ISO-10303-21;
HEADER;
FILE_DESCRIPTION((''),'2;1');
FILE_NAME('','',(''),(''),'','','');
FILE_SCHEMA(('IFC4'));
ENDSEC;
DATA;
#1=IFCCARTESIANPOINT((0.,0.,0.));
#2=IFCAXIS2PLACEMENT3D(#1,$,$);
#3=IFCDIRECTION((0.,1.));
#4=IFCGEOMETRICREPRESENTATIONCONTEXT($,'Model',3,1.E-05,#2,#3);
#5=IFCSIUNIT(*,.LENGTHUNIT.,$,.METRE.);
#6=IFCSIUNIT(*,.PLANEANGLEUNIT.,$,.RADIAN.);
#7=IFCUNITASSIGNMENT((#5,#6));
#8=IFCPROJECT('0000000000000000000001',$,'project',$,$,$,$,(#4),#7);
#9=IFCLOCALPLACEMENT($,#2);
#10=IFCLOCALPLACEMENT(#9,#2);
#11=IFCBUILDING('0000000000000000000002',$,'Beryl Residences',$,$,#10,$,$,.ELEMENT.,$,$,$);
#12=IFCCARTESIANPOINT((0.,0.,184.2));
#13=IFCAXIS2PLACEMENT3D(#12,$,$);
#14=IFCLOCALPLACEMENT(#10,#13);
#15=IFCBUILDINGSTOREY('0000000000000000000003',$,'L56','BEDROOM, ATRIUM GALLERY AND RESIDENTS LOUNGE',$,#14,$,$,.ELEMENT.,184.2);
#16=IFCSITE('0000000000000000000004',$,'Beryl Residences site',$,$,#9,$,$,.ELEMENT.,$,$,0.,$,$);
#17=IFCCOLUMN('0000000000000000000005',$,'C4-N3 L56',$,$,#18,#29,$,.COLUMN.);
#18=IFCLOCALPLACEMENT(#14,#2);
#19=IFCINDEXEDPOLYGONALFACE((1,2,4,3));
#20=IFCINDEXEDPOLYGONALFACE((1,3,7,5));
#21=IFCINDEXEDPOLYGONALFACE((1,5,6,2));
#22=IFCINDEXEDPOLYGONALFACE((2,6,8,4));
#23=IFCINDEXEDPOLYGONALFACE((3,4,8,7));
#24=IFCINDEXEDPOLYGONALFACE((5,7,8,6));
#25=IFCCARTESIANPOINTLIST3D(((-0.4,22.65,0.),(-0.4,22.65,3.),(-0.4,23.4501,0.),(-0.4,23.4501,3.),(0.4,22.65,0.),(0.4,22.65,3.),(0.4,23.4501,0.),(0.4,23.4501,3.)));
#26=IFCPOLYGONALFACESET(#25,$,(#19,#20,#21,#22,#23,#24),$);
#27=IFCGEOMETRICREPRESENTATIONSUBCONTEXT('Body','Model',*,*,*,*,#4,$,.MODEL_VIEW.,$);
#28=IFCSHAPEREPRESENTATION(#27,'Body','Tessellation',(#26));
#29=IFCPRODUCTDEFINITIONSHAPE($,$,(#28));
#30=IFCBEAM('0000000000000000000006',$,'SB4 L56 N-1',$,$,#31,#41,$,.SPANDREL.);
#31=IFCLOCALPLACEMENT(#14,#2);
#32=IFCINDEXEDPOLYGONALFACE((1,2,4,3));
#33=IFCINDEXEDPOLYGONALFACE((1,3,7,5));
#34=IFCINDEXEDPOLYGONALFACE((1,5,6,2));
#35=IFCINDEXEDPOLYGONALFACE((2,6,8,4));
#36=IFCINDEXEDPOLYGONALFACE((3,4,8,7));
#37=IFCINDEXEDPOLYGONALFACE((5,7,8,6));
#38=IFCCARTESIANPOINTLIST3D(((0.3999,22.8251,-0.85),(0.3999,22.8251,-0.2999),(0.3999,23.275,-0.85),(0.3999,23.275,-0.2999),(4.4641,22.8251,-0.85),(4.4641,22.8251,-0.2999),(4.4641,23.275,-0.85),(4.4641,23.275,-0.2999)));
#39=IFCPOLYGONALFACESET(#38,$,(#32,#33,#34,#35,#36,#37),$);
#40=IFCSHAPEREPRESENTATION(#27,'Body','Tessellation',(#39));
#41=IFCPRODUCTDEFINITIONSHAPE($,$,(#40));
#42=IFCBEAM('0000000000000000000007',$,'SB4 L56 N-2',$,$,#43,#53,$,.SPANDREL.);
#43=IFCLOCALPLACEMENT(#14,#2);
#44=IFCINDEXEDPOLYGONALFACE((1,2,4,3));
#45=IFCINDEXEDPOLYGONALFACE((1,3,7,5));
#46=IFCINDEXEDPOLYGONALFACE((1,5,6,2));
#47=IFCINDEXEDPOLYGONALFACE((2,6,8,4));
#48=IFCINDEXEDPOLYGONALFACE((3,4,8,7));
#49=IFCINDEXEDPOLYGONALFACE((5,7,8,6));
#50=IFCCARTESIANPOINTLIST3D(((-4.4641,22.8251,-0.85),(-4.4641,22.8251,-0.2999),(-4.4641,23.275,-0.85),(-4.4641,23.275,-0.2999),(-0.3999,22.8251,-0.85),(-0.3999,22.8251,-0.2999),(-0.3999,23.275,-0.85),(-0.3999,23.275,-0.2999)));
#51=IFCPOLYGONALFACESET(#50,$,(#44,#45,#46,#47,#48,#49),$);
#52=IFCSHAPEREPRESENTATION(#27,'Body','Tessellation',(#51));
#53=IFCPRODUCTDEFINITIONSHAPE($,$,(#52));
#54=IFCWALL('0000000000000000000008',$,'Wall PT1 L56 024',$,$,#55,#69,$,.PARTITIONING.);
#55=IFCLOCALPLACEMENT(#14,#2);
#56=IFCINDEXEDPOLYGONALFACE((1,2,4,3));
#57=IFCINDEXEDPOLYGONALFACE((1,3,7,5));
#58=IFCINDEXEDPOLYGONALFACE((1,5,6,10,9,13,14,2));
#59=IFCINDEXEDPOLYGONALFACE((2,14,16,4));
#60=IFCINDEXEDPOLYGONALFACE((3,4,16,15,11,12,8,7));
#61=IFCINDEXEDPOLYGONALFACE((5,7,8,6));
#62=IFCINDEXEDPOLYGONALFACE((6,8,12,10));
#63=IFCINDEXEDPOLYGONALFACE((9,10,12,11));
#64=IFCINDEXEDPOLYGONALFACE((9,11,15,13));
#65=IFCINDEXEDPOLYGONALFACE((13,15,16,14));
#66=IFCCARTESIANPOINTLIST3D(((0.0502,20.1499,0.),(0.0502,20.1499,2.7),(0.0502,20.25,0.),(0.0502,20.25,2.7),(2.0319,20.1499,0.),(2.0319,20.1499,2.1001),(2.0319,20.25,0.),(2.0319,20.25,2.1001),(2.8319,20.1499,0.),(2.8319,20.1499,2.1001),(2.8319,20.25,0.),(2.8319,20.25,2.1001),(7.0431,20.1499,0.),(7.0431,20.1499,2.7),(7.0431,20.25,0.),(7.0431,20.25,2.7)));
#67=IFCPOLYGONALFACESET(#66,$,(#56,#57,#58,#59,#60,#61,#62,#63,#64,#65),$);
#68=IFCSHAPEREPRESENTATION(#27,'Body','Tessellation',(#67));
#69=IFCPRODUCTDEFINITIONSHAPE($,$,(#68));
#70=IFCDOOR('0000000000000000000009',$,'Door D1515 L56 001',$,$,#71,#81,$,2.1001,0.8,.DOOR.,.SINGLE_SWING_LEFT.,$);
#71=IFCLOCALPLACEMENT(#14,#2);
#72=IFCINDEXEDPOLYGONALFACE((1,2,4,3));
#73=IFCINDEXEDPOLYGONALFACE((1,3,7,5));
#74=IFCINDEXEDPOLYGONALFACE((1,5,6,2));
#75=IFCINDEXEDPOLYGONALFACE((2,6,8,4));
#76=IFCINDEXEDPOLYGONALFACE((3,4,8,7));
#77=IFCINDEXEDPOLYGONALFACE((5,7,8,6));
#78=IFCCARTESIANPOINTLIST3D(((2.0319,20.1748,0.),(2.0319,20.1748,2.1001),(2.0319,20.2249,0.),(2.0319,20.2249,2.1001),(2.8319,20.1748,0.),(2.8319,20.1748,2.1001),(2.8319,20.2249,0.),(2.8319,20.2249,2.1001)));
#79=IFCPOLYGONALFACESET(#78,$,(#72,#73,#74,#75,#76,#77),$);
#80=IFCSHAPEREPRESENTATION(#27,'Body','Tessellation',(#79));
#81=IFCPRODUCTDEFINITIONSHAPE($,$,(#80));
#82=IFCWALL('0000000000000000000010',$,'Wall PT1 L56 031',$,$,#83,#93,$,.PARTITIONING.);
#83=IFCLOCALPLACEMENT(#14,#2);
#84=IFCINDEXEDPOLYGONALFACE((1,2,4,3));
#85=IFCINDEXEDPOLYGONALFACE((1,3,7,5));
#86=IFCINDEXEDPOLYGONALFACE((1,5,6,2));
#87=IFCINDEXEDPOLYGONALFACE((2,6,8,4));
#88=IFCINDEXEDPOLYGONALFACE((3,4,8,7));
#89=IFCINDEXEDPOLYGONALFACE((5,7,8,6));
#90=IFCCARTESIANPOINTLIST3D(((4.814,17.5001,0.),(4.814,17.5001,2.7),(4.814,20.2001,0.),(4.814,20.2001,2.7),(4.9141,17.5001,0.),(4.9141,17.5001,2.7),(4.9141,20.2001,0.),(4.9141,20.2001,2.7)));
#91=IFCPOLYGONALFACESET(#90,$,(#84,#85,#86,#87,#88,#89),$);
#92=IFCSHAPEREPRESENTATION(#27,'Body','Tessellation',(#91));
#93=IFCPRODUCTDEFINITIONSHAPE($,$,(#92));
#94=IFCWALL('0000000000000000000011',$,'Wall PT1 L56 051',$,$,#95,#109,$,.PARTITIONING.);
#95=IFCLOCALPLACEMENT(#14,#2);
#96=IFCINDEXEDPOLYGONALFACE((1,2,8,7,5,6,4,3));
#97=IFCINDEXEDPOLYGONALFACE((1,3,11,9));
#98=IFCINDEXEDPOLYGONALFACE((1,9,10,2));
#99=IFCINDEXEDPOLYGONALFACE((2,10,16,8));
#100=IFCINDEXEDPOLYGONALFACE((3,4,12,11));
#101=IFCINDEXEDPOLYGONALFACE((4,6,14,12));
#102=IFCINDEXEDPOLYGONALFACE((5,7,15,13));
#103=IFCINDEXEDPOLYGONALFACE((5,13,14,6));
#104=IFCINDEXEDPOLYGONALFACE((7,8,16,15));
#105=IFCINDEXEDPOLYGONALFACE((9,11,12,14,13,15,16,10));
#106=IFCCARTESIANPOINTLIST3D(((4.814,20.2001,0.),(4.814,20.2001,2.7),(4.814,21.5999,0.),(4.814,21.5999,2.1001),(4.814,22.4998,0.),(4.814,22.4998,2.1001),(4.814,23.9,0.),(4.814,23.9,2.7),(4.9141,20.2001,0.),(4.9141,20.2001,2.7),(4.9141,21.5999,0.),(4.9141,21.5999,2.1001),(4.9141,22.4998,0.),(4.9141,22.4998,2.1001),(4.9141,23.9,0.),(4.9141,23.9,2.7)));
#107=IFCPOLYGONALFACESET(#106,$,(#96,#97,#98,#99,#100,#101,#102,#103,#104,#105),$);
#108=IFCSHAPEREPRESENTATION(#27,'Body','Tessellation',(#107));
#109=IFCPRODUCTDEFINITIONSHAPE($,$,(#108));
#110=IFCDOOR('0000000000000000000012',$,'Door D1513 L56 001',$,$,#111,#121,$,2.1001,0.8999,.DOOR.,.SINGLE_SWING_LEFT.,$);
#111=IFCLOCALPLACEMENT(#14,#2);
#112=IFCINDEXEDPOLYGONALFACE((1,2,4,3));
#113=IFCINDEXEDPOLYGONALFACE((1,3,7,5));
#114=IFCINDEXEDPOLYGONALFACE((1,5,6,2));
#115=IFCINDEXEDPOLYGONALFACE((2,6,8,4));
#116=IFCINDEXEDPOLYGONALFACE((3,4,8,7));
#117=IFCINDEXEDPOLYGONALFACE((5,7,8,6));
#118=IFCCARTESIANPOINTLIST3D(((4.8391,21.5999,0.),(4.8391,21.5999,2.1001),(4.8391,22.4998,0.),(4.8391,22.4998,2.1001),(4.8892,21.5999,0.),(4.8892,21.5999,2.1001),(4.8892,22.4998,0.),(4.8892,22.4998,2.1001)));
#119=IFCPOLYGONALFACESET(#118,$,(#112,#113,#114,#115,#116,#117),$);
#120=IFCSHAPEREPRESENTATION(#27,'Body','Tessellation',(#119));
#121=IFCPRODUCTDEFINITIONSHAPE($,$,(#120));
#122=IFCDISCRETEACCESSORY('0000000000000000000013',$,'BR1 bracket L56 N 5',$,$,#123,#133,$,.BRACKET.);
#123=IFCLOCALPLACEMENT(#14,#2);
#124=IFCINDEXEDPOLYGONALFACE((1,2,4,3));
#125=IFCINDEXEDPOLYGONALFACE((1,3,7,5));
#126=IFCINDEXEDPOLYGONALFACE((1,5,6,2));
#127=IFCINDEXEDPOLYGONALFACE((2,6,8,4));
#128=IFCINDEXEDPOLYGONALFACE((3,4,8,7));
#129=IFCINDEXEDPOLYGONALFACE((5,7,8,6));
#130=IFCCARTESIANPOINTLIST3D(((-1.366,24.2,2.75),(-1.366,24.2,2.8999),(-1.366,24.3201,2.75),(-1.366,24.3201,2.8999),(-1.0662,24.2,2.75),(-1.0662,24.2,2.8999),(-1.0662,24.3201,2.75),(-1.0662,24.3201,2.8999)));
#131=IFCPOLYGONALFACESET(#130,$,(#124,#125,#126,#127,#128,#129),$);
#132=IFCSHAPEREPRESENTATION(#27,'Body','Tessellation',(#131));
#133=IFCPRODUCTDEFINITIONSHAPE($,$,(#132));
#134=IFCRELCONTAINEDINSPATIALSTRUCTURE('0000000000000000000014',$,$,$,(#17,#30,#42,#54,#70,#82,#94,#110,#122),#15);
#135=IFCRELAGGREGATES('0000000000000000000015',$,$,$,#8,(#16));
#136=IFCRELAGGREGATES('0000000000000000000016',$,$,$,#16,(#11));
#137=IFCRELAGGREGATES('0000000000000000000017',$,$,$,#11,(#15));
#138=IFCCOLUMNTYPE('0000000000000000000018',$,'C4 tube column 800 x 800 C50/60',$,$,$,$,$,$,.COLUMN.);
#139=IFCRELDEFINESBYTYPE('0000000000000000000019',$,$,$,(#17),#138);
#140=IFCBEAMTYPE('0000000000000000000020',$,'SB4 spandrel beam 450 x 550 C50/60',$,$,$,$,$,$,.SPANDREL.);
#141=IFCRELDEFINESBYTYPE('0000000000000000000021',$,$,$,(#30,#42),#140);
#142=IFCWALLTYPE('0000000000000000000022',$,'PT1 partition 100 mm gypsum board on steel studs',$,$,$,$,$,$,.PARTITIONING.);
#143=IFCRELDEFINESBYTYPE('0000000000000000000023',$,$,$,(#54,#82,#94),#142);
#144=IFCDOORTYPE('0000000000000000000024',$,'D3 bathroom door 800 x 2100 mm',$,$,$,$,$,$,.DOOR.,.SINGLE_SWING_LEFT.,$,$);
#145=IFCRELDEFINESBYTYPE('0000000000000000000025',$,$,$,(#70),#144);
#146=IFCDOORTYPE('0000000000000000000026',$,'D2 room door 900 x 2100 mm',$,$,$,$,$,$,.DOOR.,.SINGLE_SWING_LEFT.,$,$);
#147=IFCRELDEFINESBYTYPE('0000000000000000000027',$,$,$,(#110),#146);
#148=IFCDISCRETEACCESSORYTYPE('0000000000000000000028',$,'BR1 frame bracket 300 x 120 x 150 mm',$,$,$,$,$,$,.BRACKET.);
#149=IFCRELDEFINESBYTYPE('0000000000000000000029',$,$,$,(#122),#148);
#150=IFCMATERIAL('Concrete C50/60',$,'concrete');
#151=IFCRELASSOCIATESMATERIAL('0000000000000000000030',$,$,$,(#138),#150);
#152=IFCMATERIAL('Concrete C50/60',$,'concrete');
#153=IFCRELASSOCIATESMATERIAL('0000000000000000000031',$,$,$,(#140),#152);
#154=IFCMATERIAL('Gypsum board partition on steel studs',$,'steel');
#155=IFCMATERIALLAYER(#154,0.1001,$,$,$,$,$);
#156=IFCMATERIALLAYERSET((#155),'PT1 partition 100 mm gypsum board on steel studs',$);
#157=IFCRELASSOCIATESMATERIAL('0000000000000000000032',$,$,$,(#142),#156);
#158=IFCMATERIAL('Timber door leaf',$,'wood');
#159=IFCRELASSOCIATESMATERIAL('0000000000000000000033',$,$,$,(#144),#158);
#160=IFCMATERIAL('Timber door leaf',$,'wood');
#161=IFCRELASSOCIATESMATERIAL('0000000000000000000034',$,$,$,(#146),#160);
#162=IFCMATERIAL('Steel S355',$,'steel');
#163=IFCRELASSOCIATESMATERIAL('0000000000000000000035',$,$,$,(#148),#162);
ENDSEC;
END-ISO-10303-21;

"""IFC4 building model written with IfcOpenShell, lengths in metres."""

from ifc_helpers import new_model, si_unit, direction, frame, frame_2d, origin, origin_2d, place, context, subcontext, project, spatial, polyline, rectangle, outline, extrude, source, transform, mapped, material, layer, layer_set, material_profile, profile_set, type_object, type_shapes, element, fill, save


model = new_model("IFC4")

# Units and contexts
model_context = context("Model", 3, precision=1e-05, world=origin(), true_north=direction((0.0, 1.0)))
body_context = subcontext(model_context, "Body", "Model", "MODEL_VIEW")
ifc_project = project(units=[si_unit("LENGTHUNIT", "METRE"), si_unit("PLANEANGLEUNIT", "RADIAN")], contexts=[model_context])

# Site, building, storey
site_placement = place(None, origin())
site = spatial("IfcSite", under=ifc_project, at=site_placement, Name="Beryl Residences site", CompositionType="ELEMENT", RefElevation=0.0)
building_placement = place(site_placement, origin())
building = spatial("IfcBuilding", under=site, at=building_placement, Name="Beryl Residences", CompositionType="ELEMENT")
storey_placement = place(building_placement, frame((0.0, 0.0, 184.2)))
storey = spatial("IfcBuildingStorey", under=building, at=storey_placement, Name="L56", Description="BEDROOM, ATRIUM GALLERY AND RESIDENTS LOUNGE", CompositionType="ELEMENT", Elevation=184.2)

# Column
ifc_material_1 = material(Name="Concrete C50/60", Category="concrete")
ifc_material_profile_1 = material_profile(ifc_material_1, rectangle(XDim=0.8, YDim=0.8, at=origin_2d()))
ifc_profile_set_1 = profile_set([ifc_material_profile_1], Name="Concrete C50/60")
column_type = type_object("IfcColumnType", Name="C4 tube column 800 x 800 C50/60", PredefinedType="COLUMN", material=ifc_profile_set_1)
column_placement = place(storey_placement, frame((0.0, 23.05, 0.0), z_axis=(0.0, 0.0, 1.0), x_axis=(-1.0, 0.0, 0.0)))
element("IfcColumn", 1, at=column_placement, inside=storey, type_object=column_type, Name="C4-N3 L56", PredefinedType="COLUMN", context=body_context, shape_type="SweptSolid", body=[
    extrude(rectangle(XDim=0.8, YDim=0.8, at=origin_2d()), origin(), (0.0, 0.0, 1.0), 3.0),
])

# Beams
ifc_material_2 = material(Name="Concrete C50/60", Category="concrete")
ifc_material_profile_2 = material_profile(ifc_material_2, rectangle(XDim=0.45, YDim=0.55, at=origin_2d()))
ifc_profile_set_2 = profile_set([ifc_material_profile_2], Name="Concrete C50/60")
beam_type = type_object("IfcBeamType", Name="SB4 spandrel beam 450 x 550 C50/60", PredefinedType="SPANDREL", material=ifc_profile_set_2)
for number, where, z_axis, x_axis, name in (
    (2, (4.4641, 23.05, -0.575), (-1.0, 0.0, 0.0), (0.0, -1.0, 0.0), "SB4 L56 N-1"),
    (3, (-0.3999, 23.05, -0.575), (-1.0, 0.0, 0.0), (0.0, -1.0, 0.0), "SB4 L56 N-2"),
):
    element("IfcBeam", number, at=place(storey_placement, frame(where, z_axis=z_axis, x_axis=x_axis)), inside=storey, type_object=beam_type, Name=name, PredefinedType="SPANDREL", context=body_context, shape_type="SweptSolid", body=[
        extrude(rectangle(XDim=0.45, YDim=0.55, at=origin_2d()), origin(), (0.0, 0.0, 1.0), 4.0642),
    ])

# Wall, opening, door
ifc_material_3 = material(Name="Gypsum board partition on steel studs", Category="steel")
ifc_layer = layer(ifc_material_3, 0.1001)
ifc_layer_set = layer_set([ifc_layer], Name="PT1 partition 100 mm gypsum board on steel studs")
wall_type = type_object("IfcWallType", Name="PT1 partition 100 mm gypsum board on steel studs", PredefinedType="PARTITIONING", material=ifc_layer_set)
wall_1_placement = place(storey_placement, frame((0.05, 20.2, 0.0), z_axis=(0.0, 0.0, 1.0), x_axis=(1.0, 0.0, 0.0)))
wall_1 = element("IfcWall", 4, at=wall_1_placement, inside=storey, type_object=wall_type, Name="Wall PT1 L56 024", PredefinedType="PARTITIONING", context=body_context, shape_type="SweptSolid", body=[
    extrude(rectangle(XDim=6.9929, YDim=0.1001, at=frame_2d((3.4966, 0.0))), origin(), (0.0, 0.0, 1.0), 2.7),
])
opening_1_placement = place(wall_1_placement, frame((1.9819, 0.0, 0.0)))
opening_1 = element("IfcOpeningElement", 5, at=opening_1_placement, cuts=wall_1, PredefinedType="OPENING", context=body_context, shape_type="SweptSolid", body=[
    extrude(rectangle(XDim=0.8, YDim=2.1001, at=frame_2d((0.3999, 1.05))), frame((0.0, 0.0601, 0.0), z_axis=(0.0, -1.0, 0.0), x_axis=(1.0, 0.0, 0.0)), (0.0, 0.0, 1.0), 0.1201),
])
ifc_material_4 = material(Name="Timber door leaf", Category="wood")
door_type_1 = type_object("IfcDoorType", Name="D3 bathroom door 800 x 2100 mm", OperationType="SINGLE_SWING_LEFT", PredefinedType="DOOR", material=ifc_material_4)
door_1_placement = place(opening_1_placement, origin())
door_1 = element("IfcDoor", 6, at=door_1_placement, inside=storey, type_object=door_type_1, Name="Door D1515 L56 001", OperationType="SINGLE_SWING_LEFT", OverallHeight=2.1001, OverallWidth=0.8, PredefinedType="DOOR", context=body_context, shape_type="SweptSolid", body=[
    extrude(rectangle(XDim=0.8, YDim=2.1001, at=frame_2d((0.3999, 1.05))), frame((0.0, 0.0249, 0.0), z_axis=(0.0, -1.0, 0.0), x_axis=(1.0, 0.0, 0.0)), (0.0, 0.0, 1.0), 0.05),
])
fill(opening_1, door_1)

# Wall
wall_2_placement = place(storey_placement, frame((4.864, 17.5, 0.0), z_axis=(0.0, 0.0, 1.0), x_axis=(0.0, 1.0, 0.0)))
element("IfcWall", 7, at=wall_2_placement, inside=storey, type_object=wall_type, Name="Wall PT1 L56 031", PredefinedType="PARTITIONING", context=body_context, shape_type="SweptSolid", body=[
    extrude(rectangle(XDim=2.7, YDim=0.1001, at=frame_2d((1.3501, 0.0))), origin(), (0.0, 0.0, 1.0), 2.7),
])

# Wall, opening, door
wall_3_placement = place(storey_placement, frame((4.864, 20.2, 0.0), z_axis=(0.0, 0.0, 1.0), x_axis=(0.0, 1.0, 0.0)))
wall_3 = element("IfcWall", 8, at=wall_3_placement, inside=storey, type_object=wall_type, Name="Wall PT1 L56 051", PredefinedType="PARTITIONING", context=body_context, shape_type="SweptSolid", body=[
    extrude(rectangle(XDim=3.7, YDim=0.1001, at=frame_2d((1.8501, 0.0))), origin(), (0.0, 0.0, 1.0), 2.7),
])
opening_2_placement = place(wall_3_placement, frame((1.3999, 0.0, 0.0)))
opening_2 = element("IfcOpeningElement", 9, at=opening_2_placement, cuts=wall_3, PredefinedType="OPENING", context=body_context, shape_type="SweptSolid", body=[
    extrude(rectangle(XDim=0.8999, YDim=2.1001, at=frame_2d((0.45, 1.05))), frame((0.0, 0.0601, 0.0), z_axis=(0.0, -1.0, 0.0), x_axis=(1.0, 0.0, 0.0)), (0.0, 0.0, 1.0), 0.1201),
])
ifc_material_5 = material(Name="Timber door leaf", Category="wood")
door_type_2 = type_object("IfcDoorType", Name="D2 room door 900 x 2100 mm", OperationType="SINGLE_SWING_LEFT", PredefinedType="DOOR", material=ifc_material_5)
door_2_placement = place(opening_2_placement, origin())
door_2 = element("IfcDoor", 10, at=door_2_placement, inside=storey, type_object=door_type_2, Name="Door D1513 L56 001", OperationType="SINGLE_SWING_LEFT", OverallHeight=2.1001, OverallWidth=0.8999, PredefinedType="DOOR", context=body_context, shape_type="SweptSolid", body=[
    extrude(rectangle(XDim=0.8999, YDim=2.1001, at=frame_2d((0.45, 1.05))), frame((0.0, 0.0249, 0.0), z_axis=(0.0, -1.0, 0.0), x_axis=(1.0, 0.0, 0.0)), (0.0, 0.0, 1.0), 0.05),
])
fill(opening_2, door_2)

# Discrete accessory
ifc_material_6 = material(Name="Steel S355", Category="steel")
discrete_accessory_type = type_object("IfcDiscreteAccessoryType", Name="BR1 frame bracket 300 x 120 x 150 mm", PredefinedType="BRACKET", material=ifc_material_6)
shared_shape_1 = source(origin(), body_context, "Body", "SweptSolid", [
    extrude(outline(polyline([(-0.1499, 0.0), (0.1499, 0.0), (0.1499, 0.1201), (-0.1499, 0.1201), (-0.1499, 0.0)])), origin(), (0.0, 0.0, 1.0), 0.1499),
])
type_shapes(discrete_accessory_type, [shared_shape_1])
discrete_accessory_placement = place(storey_placement, frame((-1.2161, 24.2, 2.75), z_axis=(0.0, 0.0, 1.0), x_axis=(1.0, 0.0, 0.0)))
element("IfcDiscreteAccessory", 11, at=discrete_accessory_placement, inside=storey, type_object=discrete_accessory_type, Name="BR1 bracket L56 N 5", PredefinedType="BRACKET", context=body_context, shape_type="MappedRepresentation", body=[
    mapped(shared_shape_1, transform((0.0, 0.0, 0.0))),
])

save(model, "model.ifc")
